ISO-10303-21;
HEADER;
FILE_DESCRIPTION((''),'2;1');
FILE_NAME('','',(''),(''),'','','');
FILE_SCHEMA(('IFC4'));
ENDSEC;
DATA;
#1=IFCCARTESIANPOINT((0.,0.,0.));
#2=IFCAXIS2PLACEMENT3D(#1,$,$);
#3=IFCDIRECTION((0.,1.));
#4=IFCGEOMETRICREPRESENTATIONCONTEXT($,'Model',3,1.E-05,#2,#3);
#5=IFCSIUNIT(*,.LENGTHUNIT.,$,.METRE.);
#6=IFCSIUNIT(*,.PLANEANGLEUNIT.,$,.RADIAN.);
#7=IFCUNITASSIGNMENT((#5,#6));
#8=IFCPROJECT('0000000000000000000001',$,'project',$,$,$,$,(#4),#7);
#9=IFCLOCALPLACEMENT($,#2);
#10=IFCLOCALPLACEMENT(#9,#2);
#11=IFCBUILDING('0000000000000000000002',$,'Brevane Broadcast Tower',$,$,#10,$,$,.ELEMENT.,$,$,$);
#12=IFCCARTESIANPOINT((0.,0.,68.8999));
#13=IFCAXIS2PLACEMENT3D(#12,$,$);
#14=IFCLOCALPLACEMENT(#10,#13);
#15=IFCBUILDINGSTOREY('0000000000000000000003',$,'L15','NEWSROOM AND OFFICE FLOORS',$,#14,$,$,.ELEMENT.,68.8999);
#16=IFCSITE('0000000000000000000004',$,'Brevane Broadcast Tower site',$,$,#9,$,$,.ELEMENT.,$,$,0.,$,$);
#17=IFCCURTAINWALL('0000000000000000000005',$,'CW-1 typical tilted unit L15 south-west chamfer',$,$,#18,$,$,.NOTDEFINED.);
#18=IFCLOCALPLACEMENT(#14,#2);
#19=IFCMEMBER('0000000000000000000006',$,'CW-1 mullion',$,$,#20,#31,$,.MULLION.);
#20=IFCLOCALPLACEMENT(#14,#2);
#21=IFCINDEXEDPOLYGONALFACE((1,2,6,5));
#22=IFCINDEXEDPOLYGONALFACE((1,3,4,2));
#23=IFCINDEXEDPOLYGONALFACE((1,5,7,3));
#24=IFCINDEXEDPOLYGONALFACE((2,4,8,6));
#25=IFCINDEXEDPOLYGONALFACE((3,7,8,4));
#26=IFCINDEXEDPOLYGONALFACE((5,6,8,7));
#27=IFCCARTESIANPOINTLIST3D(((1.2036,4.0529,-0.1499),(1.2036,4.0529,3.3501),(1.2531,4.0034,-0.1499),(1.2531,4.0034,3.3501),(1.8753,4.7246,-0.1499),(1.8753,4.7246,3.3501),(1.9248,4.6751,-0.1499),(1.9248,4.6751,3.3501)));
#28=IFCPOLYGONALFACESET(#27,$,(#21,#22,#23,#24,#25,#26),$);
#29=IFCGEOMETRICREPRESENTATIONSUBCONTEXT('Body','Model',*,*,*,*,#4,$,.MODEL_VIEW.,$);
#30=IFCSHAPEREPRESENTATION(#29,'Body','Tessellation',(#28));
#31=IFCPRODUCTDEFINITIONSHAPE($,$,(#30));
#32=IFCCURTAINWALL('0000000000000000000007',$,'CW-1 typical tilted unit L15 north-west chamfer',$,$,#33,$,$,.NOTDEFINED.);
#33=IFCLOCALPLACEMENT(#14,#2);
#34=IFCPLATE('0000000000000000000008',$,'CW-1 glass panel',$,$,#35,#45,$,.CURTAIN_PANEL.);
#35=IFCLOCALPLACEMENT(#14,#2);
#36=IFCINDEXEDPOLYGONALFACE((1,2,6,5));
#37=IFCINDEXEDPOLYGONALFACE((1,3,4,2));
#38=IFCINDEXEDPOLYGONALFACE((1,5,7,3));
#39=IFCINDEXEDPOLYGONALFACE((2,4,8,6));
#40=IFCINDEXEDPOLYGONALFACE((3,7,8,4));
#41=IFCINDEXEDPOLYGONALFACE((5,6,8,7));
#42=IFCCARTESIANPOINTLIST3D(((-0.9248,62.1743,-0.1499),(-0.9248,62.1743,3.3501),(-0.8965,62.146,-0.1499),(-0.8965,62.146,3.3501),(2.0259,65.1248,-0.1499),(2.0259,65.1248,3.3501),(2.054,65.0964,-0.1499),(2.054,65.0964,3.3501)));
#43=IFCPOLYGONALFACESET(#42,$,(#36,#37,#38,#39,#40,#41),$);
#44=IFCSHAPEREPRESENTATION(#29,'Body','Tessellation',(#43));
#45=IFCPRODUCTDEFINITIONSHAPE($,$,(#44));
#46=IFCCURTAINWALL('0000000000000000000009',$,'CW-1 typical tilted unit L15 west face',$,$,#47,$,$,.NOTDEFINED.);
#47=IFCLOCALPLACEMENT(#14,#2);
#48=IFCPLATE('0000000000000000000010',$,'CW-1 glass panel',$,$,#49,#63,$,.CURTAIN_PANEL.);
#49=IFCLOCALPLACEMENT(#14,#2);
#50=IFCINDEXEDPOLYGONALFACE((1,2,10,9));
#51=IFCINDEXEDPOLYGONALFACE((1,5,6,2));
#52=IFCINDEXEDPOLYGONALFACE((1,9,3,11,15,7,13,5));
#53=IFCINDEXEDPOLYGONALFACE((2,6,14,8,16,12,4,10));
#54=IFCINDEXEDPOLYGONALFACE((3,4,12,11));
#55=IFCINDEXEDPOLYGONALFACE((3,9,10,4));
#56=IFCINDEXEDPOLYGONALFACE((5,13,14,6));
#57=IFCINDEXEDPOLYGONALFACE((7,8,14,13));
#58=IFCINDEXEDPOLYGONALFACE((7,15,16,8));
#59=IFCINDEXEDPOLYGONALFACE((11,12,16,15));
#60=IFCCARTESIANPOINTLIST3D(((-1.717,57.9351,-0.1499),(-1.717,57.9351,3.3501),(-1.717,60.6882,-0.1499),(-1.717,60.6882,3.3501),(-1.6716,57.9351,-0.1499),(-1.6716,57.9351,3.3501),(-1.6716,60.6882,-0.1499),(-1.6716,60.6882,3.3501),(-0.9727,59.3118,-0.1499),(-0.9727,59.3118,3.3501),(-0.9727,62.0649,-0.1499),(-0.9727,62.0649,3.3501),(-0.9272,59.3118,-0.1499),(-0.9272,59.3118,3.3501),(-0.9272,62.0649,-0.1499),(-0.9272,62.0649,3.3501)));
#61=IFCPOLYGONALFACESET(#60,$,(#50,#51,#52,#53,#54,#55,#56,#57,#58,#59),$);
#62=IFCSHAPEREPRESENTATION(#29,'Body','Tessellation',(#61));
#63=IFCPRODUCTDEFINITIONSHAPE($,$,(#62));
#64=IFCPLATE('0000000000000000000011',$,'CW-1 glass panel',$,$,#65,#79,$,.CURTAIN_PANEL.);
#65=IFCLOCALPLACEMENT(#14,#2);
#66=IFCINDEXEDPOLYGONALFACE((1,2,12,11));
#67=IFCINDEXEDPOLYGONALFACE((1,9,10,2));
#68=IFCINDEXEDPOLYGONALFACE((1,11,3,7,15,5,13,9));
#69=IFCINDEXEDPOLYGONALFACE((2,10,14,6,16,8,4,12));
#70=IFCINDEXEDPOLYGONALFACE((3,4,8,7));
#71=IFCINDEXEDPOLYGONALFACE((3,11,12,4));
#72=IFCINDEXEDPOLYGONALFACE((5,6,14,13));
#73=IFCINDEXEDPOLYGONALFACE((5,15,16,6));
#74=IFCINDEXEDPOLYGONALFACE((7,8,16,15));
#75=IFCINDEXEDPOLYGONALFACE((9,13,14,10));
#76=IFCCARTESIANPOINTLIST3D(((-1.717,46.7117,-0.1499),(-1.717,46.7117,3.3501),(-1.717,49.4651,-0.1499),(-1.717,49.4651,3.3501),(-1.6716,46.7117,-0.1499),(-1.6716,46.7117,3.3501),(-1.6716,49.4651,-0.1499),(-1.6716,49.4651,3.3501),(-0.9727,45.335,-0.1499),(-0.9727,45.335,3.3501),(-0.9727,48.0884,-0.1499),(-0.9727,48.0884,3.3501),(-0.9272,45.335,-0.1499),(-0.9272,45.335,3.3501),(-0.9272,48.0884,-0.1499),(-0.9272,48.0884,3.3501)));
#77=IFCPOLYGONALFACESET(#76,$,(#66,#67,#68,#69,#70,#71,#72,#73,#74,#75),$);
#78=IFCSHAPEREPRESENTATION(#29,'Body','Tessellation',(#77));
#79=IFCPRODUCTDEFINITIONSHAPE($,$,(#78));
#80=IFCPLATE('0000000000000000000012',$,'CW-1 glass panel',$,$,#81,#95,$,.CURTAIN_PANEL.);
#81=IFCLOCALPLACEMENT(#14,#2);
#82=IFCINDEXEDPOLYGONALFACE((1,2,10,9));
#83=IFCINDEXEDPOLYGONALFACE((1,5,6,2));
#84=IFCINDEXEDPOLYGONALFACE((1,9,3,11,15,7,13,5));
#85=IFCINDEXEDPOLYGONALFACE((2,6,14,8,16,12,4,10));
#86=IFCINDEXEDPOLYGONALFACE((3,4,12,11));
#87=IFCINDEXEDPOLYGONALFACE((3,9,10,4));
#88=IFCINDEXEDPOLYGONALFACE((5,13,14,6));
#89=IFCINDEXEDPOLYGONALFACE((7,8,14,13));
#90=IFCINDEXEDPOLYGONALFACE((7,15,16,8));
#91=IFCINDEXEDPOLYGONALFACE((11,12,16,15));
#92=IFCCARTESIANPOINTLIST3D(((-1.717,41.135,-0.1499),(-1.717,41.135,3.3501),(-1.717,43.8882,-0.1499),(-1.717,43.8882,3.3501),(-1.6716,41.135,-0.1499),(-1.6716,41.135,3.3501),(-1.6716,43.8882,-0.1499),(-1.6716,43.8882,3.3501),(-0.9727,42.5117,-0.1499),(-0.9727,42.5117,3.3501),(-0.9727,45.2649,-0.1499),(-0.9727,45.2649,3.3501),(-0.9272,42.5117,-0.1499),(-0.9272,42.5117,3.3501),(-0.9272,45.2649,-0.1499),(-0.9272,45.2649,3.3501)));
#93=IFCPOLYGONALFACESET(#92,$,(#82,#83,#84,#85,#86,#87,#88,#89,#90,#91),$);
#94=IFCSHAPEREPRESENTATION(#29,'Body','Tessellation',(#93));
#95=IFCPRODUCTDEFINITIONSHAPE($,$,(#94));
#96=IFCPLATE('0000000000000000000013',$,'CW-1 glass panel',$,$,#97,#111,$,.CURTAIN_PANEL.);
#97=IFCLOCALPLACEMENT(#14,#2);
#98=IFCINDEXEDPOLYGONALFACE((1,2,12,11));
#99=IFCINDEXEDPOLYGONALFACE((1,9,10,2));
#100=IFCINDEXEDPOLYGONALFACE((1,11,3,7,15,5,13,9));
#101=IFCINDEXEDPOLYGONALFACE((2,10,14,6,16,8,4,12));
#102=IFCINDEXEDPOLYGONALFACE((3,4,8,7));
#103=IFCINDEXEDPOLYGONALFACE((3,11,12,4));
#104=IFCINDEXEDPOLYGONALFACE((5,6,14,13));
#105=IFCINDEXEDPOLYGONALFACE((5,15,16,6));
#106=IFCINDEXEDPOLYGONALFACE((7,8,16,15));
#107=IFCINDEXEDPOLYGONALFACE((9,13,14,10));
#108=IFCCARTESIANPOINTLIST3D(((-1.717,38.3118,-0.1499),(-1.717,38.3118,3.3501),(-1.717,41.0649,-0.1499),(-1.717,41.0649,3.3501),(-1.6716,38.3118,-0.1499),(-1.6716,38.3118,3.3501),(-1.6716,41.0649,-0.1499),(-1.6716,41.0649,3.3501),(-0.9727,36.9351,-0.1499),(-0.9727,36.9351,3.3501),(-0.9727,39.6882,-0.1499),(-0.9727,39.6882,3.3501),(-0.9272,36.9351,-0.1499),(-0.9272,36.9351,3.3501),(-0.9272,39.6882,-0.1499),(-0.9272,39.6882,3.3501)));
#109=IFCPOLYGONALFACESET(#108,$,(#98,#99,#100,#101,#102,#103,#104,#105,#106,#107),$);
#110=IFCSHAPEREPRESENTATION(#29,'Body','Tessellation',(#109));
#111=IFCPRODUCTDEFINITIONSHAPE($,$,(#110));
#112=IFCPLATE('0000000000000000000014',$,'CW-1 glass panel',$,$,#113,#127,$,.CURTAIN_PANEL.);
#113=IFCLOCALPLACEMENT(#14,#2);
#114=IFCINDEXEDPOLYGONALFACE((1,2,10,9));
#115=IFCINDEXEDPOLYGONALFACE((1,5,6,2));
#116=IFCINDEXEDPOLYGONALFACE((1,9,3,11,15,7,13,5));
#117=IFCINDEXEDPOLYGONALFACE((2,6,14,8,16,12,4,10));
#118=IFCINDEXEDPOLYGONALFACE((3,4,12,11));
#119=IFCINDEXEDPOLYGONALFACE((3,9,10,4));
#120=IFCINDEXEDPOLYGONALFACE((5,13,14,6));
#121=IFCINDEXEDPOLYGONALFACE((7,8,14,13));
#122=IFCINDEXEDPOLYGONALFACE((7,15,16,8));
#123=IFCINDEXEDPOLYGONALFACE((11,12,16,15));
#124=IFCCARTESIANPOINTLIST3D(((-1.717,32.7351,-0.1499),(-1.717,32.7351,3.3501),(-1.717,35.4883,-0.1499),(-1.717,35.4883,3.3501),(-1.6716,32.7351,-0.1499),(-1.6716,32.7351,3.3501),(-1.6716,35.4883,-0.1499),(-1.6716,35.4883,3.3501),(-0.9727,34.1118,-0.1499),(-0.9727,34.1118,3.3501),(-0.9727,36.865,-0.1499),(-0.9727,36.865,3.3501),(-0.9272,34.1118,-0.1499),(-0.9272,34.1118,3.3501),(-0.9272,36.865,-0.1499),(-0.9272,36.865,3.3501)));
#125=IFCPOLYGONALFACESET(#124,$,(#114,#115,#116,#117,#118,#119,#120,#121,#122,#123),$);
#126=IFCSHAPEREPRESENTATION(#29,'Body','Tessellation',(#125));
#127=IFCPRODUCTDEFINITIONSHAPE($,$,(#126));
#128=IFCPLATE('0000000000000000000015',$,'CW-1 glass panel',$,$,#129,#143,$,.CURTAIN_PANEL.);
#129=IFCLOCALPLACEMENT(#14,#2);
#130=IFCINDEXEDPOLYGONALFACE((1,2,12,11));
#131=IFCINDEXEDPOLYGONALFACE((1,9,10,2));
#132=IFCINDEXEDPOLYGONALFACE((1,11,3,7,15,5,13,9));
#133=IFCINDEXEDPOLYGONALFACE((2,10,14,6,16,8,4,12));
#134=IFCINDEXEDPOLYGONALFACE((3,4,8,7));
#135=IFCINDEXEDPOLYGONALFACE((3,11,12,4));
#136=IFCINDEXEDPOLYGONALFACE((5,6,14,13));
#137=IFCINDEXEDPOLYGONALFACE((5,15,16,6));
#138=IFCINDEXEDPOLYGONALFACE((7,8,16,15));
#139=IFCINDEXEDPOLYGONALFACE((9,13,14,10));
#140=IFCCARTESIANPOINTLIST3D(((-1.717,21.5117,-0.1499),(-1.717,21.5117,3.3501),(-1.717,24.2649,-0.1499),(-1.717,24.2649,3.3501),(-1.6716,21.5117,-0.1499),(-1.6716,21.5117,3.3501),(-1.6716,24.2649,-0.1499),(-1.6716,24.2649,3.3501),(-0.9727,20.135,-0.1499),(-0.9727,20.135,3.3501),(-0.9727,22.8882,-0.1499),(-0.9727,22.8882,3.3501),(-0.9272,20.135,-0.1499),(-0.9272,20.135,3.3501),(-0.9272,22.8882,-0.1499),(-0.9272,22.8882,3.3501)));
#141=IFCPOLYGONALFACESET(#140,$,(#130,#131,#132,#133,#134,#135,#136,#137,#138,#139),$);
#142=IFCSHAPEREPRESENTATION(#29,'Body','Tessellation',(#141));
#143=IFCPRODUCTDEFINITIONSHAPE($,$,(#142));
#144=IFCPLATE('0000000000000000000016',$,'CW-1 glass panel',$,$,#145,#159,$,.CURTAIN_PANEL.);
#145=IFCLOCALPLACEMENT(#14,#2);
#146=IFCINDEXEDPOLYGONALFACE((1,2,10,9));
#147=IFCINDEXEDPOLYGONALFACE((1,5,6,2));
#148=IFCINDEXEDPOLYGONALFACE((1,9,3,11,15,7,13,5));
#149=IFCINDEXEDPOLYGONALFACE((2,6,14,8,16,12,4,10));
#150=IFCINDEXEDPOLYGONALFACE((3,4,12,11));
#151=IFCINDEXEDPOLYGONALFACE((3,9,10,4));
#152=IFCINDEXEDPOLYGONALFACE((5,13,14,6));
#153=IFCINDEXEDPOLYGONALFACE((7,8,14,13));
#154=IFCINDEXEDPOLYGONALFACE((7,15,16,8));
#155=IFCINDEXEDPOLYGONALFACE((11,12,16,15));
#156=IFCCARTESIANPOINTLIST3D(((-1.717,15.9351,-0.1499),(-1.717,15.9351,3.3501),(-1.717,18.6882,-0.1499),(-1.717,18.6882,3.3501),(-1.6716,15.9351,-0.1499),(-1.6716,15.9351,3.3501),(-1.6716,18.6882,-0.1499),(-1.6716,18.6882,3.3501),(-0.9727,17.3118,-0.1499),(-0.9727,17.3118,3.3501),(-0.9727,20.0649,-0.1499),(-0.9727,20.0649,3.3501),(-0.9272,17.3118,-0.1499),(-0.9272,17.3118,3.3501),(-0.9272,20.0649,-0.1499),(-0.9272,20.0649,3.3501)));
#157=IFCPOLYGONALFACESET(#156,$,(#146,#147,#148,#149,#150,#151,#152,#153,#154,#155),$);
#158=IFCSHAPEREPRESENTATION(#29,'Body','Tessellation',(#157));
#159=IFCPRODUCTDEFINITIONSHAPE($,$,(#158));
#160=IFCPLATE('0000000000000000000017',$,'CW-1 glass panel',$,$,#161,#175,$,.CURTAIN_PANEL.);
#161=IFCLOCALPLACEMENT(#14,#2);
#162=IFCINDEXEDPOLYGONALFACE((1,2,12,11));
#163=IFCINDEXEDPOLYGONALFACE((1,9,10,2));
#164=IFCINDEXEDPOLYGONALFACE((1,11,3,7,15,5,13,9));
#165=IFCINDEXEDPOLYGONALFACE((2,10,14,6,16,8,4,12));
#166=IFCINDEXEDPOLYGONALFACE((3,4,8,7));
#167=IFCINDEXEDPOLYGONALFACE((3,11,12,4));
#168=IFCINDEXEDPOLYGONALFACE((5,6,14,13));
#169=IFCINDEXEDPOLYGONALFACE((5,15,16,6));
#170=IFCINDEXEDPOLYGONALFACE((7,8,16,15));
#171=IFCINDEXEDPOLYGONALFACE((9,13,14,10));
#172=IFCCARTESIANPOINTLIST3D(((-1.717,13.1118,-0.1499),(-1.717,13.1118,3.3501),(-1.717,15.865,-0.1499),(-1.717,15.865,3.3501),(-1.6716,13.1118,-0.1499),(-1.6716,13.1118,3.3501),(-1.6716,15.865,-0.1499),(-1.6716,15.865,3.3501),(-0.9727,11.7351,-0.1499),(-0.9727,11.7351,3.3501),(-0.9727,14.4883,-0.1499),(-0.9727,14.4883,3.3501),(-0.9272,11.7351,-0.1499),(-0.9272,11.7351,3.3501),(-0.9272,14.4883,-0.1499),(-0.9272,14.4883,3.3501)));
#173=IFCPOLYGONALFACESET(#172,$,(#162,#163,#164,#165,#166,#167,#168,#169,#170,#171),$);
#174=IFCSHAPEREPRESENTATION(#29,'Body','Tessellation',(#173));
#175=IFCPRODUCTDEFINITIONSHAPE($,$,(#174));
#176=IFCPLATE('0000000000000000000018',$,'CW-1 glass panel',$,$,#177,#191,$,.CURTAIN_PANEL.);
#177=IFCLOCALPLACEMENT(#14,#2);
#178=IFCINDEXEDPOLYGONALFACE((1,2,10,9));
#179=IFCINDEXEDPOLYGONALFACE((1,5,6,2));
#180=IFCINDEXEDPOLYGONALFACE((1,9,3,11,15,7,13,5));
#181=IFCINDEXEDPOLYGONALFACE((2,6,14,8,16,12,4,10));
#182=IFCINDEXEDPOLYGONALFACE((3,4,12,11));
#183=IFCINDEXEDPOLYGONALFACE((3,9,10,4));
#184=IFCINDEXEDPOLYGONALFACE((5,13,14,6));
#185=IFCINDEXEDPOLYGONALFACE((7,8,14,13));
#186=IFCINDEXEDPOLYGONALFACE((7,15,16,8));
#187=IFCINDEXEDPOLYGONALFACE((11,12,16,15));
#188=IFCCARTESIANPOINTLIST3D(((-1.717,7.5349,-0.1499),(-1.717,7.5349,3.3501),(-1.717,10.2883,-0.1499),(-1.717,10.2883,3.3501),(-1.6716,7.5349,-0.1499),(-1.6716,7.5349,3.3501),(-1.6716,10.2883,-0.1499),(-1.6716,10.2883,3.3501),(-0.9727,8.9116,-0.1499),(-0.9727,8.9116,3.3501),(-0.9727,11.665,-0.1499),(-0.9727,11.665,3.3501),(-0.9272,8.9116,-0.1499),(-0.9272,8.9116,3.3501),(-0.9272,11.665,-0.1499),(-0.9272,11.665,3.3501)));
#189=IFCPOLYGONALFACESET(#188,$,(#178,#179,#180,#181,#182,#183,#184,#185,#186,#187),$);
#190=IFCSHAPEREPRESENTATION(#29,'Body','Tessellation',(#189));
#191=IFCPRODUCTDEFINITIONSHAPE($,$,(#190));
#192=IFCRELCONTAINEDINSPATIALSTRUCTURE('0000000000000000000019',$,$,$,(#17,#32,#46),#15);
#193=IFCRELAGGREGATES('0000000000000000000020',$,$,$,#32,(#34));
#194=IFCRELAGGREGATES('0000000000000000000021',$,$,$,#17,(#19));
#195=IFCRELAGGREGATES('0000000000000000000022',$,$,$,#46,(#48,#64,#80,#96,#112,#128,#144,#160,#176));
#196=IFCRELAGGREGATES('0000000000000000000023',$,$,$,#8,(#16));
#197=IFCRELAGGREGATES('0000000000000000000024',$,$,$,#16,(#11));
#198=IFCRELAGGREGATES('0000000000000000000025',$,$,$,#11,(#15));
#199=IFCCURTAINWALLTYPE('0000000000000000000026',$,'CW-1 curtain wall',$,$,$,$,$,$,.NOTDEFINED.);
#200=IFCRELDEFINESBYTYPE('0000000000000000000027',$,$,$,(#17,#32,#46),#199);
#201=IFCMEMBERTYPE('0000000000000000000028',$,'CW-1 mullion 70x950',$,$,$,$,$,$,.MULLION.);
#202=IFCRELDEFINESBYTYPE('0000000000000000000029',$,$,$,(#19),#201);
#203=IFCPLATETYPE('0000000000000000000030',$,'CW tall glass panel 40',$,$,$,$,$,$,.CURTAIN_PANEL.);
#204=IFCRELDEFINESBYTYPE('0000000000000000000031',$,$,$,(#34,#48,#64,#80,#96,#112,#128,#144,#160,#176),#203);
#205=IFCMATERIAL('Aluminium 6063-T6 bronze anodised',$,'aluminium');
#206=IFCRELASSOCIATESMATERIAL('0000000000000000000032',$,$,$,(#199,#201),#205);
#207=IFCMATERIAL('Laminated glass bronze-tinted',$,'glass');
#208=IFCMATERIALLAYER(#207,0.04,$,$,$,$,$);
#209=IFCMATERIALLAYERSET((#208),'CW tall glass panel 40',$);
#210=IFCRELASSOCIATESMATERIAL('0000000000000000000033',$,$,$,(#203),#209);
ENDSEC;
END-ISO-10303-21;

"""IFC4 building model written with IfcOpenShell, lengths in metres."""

from ifc_helpers import new_model, si_unit, direction, frame, origin, origin_2d, place, context, subcontext, project, spatial, polyline, rectangle, outline, extrude, material, layer, layer_set, material_profile, profile_set, type_object, element, aggregate, save


model = new_model("IFC4")

# Units and contexts
model_context = context("Model", 3, precision=1e-05, world=origin(), true_north=direction((0.0, 1.0)))
body_context = subcontext(model_context, "Body", "Model", "MODEL_VIEW")
ifc_project = project(units=[si_unit("LENGTHUNIT", "METRE"), si_unit("PLANEANGLEUNIT", "RADIAN")], contexts=[model_context])

# Site, building, storey
site_placement = place(None, origin())
site = spatial("IfcSite", under=ifc_project, at=site_placement, Name="Brevane Broadcast Tower site", CompositionType="ELEMENT", RefElevation=0.0)
building_placement = place(site_placement, origin())
building = spatial("IfcBuilding", under=site, at=building_placement, Name="Brevane Broadcast Tower", CompositionType="ELEMENT")
storey_placement = place(building_placement, frame((0.0, 0.0, 68.8999)))
storey = spatial("IfcBuildingStorey", under=building, at=storey_placement, Name="L15", Description="NEWSROOM AND OFFICE FLOORS", CompositionType="ELEMENT", Elevation=68.8999)

# Curtain wall, member
ifc_material_1 = material(Name="Aluminium 6063-T6 bronze anodised", Category="aluminium")
curtain_wall_type = type_object("IfcCurtainWallType", Name="CW-1 curtain wall", PredefinedType="NOTDEFINED", material=ifc_material_1)
curtain_wall_1_placement = place(storey_placement, origin())
curtain_wall_1 = element("IfcCurtainWall", 1, at=curtain_wall_1_placement, inside=storey, type_object=curtain_wall_type, Name="CW-1 typical tilted unit L15 south-west chamfer", PredefinedType="NOTDEFINED")
ifc_material_profile = material_profile(ifc_material_1, rectangle(XDim=0.95, YDim=0.0701, at=origin_2d()), Name="RECT 70x950")
ifc_profile_set = profile_set([ifc_material_profile], Name="Aluminium 6063-T6 bronze anodised")
member_type = type_object("IfcMemberType", Name="CW-1 mullion 70x950", PredefinedType="MULLION", material=ifc_profile_set)
member_placement = place(storey_placement, frame((1.5642, 4.364, -0.1499), z_axis=(0.0, 0.0, 1.0), x_axis=(0.707107, 0.707107, 0.0)))
member = element("IfcMember", 2, at=member_placement, type_object=member_type, Name="CW-1 mullion", PredefinedType="MULLION", context=body_context, shape_type="SweptSolid", body=[
    extrude(rectangle(XDim=0.95, YDim=0.0701, at=origin_2d()), origin(), (0.0, 0.0, 1.0), 3.5),
])

# Curtain wall, plate
curtain_wall_2_placement = place(storey_placement, origin())
curtain_wall_2 = element("IfcCurtainWall", 3, at=curtain_wall_2_placement, inside=storey, type_object=curtain_wall_type, Name="CW-1 typical tilted unit L15 north-west chamfer", PredefinedType="NOTDEFINED")
ifc_material_2 = material(Name="Laminated glass bronze-tinted", Category="glass")
ifc_layer_1 = layer(ifc_material_2, 0.04)
ifc_layer_set_1 = layer_set([ifc_layer_1], Name="CW tall glass panel 40")
plate_type = type_object("IfcPlateType", Name="CW tall glass panel 40", PredefinedType="CURTAIN_PANEL", material=ifc_layer_set_1)
plate_1_placement = place(storey_placement, frame((0.0, 0.0, -0.1499)))
plate_1 = element("IfcPlate", 4, at=plate_1_placement, type_object=plate_type, Name="CW-1 glass panel", PredefinedType="CURTAIN_PANEL", context=body_context, shape_type="SweptSolid", body=[
    extrude(outline(polyline([(2.054, 65.0964), (-0.8965, 62.146), (-0.9248, 62.1743), (2.0259, 65.1248), (2.054, 65.0964)])), origin(), (0.0, 0.0, 1.0), 3.5),
])
aggregate(curtain_wall_2, [plate_1])

# Curtain wall, plates
curtain_wall_3_placement = place(storey_placement, origin())
curtain_wall_3 = element("IfcCurtainWall", 5, at=curtain_wall_3_placement, inside=storey, type_object=curtain_wall_type, Name="CW-1 typical tilted unit L15 west face", PredefinedType="NOTDEFINED")
plate_2_placement = place(storey_placement, frame((0.0, 0.0, -0.1499)))
plate_2 = element("IfcPlate", 6, at=plate_2_placement, type_object=plate_type, Name="CW-1 glass panel", PredefinedType="CURTAIN_PANEL", context=body_context, shape_type="SweptSolid", body=[
    extrude(outline(polyline([(-0.9272, 62.0649), (-0.9727, 62.0649), (-1.717, 60.6882), (-0.9727, 59.3118), (-1.717, 57.9351), (-1.6716, 57.9351), (-0.9272, 59.3118), (-1.6716, 60.6882), (-0.9272, 62.0649)])), origin(), (0.0, 0.0, 1.0), 3.5),
])
plate_3_placement = place(storey_placement, frame((0.0, 0.0, -0.1499)))
plate_3 = element("IfcPlate", 7, at=plate_3_placement, type_object=plate_type, Name="CW-1 glass panel", PredefinedType="CURTAIN_PANEL", context=body_context, shape_type="SweptSolid", body=[
    extrude(outline(polyline([(-1.6716, 49.4651), (-1.717, 49.4651), (-0.9727, 48.0884), (-1.717, 46.7117), (-0.9727, 45.335), (-0.9272, 45.335), (-1.6716, 46.7117), (-0.9272, 48.0884), (-1.6716, 49.4651)])), origin(), (0.0, 0.0, 1.0), 3.5),
])
plate_4_placement = place(storey_placement, frame((0.0, 0.0, -0.1499)))
plate_4 = element("IfcPlate", 8, at=plate_4_placement, type_object=plate_type, Name="CW-1 glass panel", PredefinedType="CURTAIN_PANEL", context=body_context, shape_type="SweptSolid", body=[
    extrude(outline(polyline([(-0.9272, 45.2649), (-0.9727, 45.2649), (-1.717, 43.8882), (-0.9727, 42.5117), (-1.717, 41.135), (-1.6716, 41.135), (-0.9272, 42.5117), (-1.6716, 43.8882), (-0.9272, 45.2649)])), origin(), (0.0, 0.0, 1.0), 3.5),
])
plate_5_placement = place(storey_placement, frame((0.0, 0.0, -0.1499)))
plate_5 = element("IfcPlate", 9, at=plate_5_placement, type_object=plate_type, Name="CW-1 glass panel", PredefinedType="CURTAIN_PANEL", context=body_context, shape_type="SweptSolid", body=[
    extrude(outline(polyline([(-1.6716, 41.0649), (-1.717, 41.0649), (-0.9727, 39.6882), (-1.717, 38.3118), (-0.9727, 36.9351), (-0.9272, 36.9351), (-1.6716, 38.3118), (-0.9272, 39.6882), (-1.6716, 41.0649)])), origin(), (0.0, 0.0, 1.0), 3.5),
])
plate_6_placement = place(storey_placement, frame((0.0, 0.0, -0.1499)))
plate_6 = element("IfcPlate", 10, at=plate_6_placement, type_object=plate_type, Name="CW-1 glass panel", PredefinedType="CURTAIN_PANEL", context=body_context, shape_type="SweptSolid", body=[
    extrude(outline(polyline([(-0.9272, 36.865), (-0.9727, 36.865), (-1.717, 35.4883), (-0.9727, 34.1118), (-1.717, 32.7351), (-1.6716, 32.7351), (-0.9272, 34.1118), (-1.6716, 35.4883), (-0.9272, 36.865)])), origin(), (0.0, 0.0, 1.0), 3.5),
])
plate_7_placement = place(storey_placement, frame((0.0, 0.0, -0.1499)))
plate_7 = element("IfcPlate", 11, at=plate_7_placement, type_object=plate_type, Name="CW-1 glass panel", PredefinedType="CURTAIN_PANEL", context=body_context, shape_type="SweptSolid", body=[
    extrude(outline(polyline([(-1.6716, 24.2649), (-1.717, 24.2649), (-0.9727, 22.8882), (-1.717, 21.5117), (-0.9727, 20.135), (-0.9272, 20.135), (-1.6716, 21.5117), (-0.9272, 22.8882), (-1.6716, 24.2649)])), origin(), (0.0, 0.0, 1.0), 3.5),
])
plate_8_placement = place(storey_placement, frame((0.0, 0.0, -0.1499)))
plate_8 = element("IfcPlate", 12, at=plate_8_placement, type_object=plate_type, Name="CW-1 glass panel", PredefinedType="CURTAIN_PANEL", context=body_context, shape_type="SweptSolid", body=[
    extrude(outline(polyline([(-0.9272, 20.0649), (-0.9727, 20.0649), (-1.717, 18.6882), (-0.9727, 17.3118), (-1.717, 15.9351), (-1.6716, 15.9351), (-0.9272, 17.3118), (-1.6716, 18.6882), (-0.9272, 20.0649)])), origin(), (0.0, 0.0, 1.0), 3.5),
])
plate_9_placement = place(storey_placement, frame((0.0, 0.0, -0.1499)))
plate_9 = element("IfcPlate", 13, at=plate_9_placement, type_object=plate_type, Name="CW-1 glass panel", PredefinedType="CURTAIN_PANEL", context=body_context, shape_type="SweptSolid", body=[
    extrude(outline(polyline([(-1.6716, 15.865), (-1.717, 15.865), (-0.9727, 14.4883), (-1.717, 13.1118), (-0.9727, 11.7351), (-0.9272, 11.7351), (-1.6716, 13.1118), (-0.9272, 14.4883), (-1.6716, 15.865)])), origin(), (0.0, 0.0, 1.0), 3.5),
])
plate_10_placement = place(storey_placement, frame((0.0, 0.0, -0.1499)))
plate_10 = element("IfcPlate", 14, at=plate_10_placement, type_object=plate_type, Name="CW-1 glass panel", PredefinedType="CURTAIN_PANEL", context=body_context, shape_type="SweptSolid", body=[
    extrude(outline(polyline([(-0.9272, 11.665), (-0.9727, 11.665), (-1.717, 10.2883), (-0.9727, 8.9116), (-1.717, 7.5349), (-1.6716, 7.5349), (-0.9272, 8.9116), (-1.6716, 10.2883), (-0.9272, 11.665)])), origin(), (0.0, 0.0, 1.0), 3.5),
])

aggregate(curtain_wall_1, [member])

aggregate(curtain_wall_3, [plate_2, plate_3, plate_4, plate_5, plate_6, plate_7, plate_8, plate_9, plate_10])

save(model, "model.ifc")
